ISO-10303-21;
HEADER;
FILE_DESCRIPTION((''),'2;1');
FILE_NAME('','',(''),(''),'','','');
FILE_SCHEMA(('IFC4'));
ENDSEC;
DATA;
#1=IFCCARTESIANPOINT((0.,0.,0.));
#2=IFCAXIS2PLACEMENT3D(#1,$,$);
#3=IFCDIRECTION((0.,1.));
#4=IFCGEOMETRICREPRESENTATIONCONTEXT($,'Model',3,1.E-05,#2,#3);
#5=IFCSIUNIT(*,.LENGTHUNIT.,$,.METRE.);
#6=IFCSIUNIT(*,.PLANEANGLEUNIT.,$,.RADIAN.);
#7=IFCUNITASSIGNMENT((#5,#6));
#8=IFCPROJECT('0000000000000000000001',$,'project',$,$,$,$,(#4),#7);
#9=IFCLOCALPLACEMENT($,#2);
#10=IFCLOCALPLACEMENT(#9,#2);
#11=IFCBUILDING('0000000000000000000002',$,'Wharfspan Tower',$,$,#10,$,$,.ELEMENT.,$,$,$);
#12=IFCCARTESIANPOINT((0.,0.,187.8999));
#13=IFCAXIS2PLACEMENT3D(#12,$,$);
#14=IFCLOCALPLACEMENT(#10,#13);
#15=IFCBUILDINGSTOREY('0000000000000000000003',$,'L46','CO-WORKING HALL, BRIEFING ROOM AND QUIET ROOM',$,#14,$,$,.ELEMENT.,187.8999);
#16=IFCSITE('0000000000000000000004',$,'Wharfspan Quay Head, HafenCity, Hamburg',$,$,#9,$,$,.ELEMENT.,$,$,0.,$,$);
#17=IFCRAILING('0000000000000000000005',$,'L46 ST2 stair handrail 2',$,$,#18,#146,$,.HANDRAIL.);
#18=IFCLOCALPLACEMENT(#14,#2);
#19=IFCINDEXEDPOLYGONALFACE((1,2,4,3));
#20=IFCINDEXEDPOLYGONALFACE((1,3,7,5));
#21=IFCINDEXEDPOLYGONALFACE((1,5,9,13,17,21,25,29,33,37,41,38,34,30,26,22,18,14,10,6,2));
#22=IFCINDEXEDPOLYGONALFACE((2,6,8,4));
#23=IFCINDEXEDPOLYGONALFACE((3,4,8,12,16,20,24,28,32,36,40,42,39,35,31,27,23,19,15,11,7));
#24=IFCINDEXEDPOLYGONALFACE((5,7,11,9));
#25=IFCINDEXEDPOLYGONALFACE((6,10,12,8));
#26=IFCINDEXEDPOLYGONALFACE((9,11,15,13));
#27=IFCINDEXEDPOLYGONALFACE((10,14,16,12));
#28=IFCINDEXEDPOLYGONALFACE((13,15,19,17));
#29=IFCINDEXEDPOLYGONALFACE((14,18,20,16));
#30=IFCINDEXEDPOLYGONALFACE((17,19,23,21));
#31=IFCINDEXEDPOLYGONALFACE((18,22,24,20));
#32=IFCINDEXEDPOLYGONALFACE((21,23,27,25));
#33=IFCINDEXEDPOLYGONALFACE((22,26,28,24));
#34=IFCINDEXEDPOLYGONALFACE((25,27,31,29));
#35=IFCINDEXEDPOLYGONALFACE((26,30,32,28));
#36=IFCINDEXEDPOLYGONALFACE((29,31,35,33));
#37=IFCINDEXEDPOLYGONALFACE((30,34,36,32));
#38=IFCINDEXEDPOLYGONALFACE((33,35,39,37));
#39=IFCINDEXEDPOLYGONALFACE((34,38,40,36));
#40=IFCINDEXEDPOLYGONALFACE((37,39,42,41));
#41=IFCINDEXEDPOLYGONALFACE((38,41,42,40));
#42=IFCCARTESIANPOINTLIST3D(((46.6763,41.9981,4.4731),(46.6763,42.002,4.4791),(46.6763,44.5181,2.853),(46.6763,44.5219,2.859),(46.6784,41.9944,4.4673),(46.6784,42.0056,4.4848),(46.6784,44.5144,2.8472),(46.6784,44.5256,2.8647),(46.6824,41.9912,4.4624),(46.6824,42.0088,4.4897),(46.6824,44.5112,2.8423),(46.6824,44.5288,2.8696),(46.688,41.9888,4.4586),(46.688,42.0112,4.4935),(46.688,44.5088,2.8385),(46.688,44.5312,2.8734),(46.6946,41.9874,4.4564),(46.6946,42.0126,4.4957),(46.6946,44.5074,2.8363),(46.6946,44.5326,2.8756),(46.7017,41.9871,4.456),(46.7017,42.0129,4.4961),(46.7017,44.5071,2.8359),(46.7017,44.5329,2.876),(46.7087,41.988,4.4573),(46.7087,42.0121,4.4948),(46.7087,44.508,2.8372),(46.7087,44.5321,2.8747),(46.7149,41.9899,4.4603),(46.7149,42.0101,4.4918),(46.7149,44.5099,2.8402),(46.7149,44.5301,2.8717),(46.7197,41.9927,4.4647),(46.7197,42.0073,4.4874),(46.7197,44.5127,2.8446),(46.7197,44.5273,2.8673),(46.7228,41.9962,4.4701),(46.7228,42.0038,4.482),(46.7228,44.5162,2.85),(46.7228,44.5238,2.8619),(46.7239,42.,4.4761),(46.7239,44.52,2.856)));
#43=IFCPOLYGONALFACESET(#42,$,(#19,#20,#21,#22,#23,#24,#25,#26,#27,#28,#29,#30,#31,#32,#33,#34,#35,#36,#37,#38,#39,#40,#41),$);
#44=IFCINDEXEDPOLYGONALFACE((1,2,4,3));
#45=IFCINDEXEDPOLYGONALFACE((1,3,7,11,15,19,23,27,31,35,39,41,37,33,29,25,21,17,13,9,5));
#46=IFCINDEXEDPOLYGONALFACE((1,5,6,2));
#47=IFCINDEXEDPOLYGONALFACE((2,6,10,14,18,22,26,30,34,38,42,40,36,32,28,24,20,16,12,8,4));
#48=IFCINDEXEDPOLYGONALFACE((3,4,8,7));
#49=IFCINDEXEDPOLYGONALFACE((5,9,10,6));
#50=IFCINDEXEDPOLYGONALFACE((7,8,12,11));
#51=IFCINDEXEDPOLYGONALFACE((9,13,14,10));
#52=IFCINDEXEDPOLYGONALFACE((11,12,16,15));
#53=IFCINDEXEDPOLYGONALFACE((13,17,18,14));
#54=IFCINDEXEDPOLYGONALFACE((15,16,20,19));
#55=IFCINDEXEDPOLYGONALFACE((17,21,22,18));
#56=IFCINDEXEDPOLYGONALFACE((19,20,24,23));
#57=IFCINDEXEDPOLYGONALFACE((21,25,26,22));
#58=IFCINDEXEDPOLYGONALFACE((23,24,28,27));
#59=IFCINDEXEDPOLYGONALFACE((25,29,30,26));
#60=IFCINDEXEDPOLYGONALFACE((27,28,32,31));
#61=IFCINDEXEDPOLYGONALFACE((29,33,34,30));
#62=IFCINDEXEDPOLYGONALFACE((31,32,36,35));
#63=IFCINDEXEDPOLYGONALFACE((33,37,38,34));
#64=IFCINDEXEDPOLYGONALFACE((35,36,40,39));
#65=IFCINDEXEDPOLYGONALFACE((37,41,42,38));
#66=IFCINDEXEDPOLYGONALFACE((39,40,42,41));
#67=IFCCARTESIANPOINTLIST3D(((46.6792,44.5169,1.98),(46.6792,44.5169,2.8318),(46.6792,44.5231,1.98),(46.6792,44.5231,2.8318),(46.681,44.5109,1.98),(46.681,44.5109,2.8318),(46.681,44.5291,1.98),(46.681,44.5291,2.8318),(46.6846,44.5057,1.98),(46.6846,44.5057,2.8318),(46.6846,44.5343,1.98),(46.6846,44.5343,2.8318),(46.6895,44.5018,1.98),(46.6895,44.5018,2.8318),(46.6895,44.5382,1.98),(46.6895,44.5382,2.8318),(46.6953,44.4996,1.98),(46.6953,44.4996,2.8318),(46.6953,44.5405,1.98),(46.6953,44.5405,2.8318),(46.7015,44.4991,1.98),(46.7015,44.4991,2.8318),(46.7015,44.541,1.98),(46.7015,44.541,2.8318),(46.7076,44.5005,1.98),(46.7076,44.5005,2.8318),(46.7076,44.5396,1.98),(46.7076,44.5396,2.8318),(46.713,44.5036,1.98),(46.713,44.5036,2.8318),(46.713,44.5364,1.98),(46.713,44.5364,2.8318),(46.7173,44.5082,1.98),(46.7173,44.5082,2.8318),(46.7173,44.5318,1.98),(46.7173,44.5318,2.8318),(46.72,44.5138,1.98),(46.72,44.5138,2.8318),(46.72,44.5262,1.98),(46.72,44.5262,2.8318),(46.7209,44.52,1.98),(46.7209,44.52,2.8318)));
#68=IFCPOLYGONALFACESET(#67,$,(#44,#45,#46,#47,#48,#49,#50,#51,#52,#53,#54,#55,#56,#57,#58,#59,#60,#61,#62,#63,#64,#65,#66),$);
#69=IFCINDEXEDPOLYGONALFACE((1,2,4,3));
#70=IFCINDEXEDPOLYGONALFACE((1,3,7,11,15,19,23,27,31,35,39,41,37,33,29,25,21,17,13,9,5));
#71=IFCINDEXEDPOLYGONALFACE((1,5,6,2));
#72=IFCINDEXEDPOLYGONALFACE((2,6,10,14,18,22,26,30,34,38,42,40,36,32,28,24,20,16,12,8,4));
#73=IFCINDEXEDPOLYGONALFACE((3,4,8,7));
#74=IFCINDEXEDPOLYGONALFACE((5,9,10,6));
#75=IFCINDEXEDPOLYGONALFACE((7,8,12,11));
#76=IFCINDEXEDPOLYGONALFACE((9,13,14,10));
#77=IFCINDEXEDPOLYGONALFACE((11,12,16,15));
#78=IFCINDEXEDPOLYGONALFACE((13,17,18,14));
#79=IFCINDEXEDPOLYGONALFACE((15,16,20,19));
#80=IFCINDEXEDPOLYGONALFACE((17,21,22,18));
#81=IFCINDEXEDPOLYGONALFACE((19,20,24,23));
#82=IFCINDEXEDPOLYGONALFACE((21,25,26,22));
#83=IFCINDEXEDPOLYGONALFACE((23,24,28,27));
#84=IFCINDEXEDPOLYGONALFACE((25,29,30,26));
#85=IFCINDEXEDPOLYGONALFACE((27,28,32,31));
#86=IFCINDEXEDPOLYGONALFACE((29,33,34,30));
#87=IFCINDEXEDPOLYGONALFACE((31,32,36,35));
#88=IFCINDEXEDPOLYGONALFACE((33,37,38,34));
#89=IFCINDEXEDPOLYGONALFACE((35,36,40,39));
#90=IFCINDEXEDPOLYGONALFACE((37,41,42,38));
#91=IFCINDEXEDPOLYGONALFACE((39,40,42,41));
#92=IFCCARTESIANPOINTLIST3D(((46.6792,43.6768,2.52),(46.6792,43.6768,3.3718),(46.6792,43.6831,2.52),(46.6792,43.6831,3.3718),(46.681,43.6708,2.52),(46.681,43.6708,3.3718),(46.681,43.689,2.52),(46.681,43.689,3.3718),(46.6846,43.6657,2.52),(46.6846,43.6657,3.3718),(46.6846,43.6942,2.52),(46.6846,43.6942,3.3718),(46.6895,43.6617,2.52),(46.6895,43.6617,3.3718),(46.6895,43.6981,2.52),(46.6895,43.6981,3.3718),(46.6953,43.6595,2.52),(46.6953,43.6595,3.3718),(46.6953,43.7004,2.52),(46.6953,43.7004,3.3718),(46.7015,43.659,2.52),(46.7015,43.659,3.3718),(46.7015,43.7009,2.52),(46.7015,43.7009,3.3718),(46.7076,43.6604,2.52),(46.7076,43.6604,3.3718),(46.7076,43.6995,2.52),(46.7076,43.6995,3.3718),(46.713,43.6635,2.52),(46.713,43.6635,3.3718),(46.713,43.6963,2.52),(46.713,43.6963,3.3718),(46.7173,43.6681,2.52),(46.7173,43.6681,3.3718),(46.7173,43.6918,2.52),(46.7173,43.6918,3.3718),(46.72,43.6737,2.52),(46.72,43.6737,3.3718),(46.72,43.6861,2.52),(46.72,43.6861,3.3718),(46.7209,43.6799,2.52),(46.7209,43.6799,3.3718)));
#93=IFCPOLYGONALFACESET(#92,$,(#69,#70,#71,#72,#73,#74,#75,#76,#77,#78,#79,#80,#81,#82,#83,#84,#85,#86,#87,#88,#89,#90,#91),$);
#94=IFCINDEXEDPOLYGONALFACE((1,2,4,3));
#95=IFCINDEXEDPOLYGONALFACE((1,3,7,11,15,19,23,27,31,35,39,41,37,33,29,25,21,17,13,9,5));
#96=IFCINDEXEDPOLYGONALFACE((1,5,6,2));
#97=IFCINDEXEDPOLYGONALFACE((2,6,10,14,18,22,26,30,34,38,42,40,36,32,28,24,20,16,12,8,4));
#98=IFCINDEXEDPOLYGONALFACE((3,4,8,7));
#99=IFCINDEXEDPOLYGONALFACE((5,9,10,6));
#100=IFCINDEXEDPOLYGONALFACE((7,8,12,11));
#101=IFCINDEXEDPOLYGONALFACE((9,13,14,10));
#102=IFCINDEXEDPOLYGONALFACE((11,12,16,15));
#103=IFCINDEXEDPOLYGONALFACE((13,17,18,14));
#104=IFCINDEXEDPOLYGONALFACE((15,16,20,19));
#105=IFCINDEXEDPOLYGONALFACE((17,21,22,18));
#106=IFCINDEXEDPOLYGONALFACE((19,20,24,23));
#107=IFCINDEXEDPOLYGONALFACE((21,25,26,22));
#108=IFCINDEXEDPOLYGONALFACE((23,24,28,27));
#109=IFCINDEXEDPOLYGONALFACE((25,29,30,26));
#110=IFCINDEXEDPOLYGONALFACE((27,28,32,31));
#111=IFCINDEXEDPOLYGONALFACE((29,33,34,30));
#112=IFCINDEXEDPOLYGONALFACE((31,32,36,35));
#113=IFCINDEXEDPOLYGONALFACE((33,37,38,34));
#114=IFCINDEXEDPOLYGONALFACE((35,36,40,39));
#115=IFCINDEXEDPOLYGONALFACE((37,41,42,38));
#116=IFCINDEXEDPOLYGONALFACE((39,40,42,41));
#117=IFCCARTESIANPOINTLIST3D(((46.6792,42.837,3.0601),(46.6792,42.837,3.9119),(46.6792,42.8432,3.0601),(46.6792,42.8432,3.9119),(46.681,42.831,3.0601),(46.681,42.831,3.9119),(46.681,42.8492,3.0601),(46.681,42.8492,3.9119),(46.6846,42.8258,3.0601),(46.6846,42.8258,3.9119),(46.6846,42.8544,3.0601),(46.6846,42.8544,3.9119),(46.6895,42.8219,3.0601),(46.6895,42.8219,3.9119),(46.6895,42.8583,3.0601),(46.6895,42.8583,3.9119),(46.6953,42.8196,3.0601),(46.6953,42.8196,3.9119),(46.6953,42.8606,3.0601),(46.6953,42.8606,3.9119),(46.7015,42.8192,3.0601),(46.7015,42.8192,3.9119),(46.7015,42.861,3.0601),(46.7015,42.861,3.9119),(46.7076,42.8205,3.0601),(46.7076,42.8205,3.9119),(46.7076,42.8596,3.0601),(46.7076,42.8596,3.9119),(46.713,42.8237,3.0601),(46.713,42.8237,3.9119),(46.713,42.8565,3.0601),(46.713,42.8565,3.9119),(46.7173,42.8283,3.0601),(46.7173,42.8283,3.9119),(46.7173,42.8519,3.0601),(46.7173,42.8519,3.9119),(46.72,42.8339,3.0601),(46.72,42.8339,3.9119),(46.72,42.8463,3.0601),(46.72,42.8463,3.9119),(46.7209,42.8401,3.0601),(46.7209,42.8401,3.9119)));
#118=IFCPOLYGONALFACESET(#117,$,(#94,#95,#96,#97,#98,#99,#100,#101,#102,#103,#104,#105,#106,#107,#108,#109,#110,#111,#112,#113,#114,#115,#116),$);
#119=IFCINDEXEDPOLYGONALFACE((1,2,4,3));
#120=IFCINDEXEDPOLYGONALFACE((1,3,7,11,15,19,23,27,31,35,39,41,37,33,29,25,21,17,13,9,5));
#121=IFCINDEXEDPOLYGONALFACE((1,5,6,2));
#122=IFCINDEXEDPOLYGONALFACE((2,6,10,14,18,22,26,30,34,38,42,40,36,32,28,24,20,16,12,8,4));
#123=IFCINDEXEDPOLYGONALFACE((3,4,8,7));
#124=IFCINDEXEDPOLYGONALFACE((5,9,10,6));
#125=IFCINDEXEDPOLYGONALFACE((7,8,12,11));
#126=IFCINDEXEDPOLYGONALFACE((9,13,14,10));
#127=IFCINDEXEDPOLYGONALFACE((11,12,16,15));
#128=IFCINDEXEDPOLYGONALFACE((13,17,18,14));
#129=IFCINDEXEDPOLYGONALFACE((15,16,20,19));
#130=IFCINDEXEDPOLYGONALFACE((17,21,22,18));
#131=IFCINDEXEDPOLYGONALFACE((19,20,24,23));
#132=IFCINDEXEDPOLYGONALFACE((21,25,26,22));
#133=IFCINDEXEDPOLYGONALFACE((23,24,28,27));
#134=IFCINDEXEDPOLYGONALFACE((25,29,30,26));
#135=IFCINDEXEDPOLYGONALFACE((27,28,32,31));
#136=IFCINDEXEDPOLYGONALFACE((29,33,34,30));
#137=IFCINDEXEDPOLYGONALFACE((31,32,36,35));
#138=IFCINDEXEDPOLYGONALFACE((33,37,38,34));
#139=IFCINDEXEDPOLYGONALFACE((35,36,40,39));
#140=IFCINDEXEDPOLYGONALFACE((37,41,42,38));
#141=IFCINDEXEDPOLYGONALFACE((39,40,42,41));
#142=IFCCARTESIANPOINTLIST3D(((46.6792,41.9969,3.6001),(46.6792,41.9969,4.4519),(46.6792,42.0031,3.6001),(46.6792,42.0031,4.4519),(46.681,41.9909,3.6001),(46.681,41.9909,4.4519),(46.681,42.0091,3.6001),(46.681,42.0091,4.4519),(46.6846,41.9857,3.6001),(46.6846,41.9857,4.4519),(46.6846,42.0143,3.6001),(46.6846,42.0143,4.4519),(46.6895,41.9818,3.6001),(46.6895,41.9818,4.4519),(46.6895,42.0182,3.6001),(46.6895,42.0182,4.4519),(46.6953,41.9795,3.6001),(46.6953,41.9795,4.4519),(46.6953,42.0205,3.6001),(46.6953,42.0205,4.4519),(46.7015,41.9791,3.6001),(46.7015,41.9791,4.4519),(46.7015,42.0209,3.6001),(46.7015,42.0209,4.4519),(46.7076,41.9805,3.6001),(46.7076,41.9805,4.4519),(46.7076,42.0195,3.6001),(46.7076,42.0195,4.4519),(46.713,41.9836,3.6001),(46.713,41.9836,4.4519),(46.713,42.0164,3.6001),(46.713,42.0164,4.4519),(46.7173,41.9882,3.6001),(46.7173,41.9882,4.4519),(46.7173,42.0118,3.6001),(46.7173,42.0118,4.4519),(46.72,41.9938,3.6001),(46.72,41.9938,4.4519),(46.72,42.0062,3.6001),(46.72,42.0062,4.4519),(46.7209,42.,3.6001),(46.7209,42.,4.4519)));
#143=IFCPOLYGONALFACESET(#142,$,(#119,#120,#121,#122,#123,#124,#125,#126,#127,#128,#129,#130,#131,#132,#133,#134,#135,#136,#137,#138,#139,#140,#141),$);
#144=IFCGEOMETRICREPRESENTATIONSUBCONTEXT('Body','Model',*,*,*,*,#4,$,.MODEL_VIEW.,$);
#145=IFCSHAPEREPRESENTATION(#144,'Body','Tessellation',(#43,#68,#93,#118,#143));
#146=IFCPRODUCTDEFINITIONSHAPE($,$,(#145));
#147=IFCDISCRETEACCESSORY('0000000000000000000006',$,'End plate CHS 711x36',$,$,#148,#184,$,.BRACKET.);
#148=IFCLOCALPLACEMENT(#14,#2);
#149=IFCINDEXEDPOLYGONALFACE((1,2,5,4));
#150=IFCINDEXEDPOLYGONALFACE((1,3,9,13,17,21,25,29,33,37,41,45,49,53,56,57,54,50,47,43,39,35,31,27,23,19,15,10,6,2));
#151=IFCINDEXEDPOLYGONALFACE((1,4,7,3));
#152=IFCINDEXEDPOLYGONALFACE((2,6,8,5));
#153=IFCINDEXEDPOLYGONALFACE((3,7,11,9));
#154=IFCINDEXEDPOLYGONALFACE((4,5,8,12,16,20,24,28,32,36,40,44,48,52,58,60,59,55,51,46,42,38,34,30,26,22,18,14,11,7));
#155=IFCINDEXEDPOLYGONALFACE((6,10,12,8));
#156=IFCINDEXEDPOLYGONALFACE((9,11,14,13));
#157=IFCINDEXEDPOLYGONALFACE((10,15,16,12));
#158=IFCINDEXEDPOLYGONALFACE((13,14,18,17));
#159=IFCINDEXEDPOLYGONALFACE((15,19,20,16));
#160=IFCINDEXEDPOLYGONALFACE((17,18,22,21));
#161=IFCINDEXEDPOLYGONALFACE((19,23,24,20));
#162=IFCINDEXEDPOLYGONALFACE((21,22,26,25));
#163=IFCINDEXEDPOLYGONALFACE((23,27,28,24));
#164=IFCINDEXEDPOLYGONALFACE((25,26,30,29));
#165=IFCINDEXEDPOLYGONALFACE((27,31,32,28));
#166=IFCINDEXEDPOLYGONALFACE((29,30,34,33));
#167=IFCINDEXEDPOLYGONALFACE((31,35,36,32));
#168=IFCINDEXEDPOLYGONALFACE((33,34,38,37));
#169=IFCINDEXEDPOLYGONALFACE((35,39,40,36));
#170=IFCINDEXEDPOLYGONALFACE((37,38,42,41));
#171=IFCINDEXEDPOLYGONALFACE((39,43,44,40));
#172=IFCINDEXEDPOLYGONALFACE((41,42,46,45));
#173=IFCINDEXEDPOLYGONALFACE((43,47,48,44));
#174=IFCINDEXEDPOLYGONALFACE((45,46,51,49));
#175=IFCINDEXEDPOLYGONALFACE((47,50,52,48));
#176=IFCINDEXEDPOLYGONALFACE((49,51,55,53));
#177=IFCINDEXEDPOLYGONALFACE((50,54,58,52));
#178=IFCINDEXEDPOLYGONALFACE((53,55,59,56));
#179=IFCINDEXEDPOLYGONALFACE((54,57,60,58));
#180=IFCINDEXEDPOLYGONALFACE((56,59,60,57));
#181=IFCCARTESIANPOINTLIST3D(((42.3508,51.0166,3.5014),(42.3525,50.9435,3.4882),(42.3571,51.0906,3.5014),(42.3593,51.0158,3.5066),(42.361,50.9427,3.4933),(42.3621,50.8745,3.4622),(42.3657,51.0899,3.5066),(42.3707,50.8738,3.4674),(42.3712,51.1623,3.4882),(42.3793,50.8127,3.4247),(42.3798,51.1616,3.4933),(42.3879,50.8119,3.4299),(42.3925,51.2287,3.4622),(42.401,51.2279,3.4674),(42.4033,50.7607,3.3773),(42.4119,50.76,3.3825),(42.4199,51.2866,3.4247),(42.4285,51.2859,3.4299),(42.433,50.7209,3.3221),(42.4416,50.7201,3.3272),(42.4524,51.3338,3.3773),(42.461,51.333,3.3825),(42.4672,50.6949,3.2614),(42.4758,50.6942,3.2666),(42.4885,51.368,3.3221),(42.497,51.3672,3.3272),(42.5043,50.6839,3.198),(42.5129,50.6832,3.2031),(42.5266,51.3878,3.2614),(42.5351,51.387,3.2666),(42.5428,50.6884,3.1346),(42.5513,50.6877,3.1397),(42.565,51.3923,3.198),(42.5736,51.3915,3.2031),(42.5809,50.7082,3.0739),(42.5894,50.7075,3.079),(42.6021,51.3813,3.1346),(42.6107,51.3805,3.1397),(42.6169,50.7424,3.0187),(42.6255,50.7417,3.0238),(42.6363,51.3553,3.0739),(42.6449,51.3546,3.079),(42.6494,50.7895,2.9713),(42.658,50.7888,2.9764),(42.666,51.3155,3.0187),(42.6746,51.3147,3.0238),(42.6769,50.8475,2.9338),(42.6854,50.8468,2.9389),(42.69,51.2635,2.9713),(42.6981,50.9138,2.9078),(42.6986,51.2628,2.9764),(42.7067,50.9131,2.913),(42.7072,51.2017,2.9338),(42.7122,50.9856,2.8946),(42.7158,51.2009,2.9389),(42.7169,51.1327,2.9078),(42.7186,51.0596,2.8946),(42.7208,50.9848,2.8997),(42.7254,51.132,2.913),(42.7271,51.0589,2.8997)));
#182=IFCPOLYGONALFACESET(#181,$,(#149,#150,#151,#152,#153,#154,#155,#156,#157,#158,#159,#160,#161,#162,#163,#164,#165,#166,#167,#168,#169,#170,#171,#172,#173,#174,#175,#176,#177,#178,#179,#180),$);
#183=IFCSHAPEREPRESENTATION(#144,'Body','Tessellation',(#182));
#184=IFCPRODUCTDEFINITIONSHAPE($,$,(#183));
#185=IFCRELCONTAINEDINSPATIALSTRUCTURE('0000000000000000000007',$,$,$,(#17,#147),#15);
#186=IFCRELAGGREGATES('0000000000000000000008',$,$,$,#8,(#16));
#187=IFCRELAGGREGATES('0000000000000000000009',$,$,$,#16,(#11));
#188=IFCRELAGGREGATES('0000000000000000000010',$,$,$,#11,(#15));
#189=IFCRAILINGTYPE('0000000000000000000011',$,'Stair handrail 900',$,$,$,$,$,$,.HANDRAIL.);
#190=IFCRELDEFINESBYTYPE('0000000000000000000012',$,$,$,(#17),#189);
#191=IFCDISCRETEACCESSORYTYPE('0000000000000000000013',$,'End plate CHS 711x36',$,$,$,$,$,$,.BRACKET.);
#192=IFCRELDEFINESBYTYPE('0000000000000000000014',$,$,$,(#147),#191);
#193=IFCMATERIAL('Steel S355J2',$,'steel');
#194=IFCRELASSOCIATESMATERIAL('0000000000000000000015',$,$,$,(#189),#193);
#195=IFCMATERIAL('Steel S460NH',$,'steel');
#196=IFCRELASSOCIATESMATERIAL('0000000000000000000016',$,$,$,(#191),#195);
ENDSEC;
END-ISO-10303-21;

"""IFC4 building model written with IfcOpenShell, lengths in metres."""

from ifc_helpers import new_model, si_unit, direction, frame, origin, origin_2d, place, context, subcontext, project, spatial, circle, extrude, material, material_profile, profile_set, type_object, element, save


model = new_model("IFC4")

# Units and contexts
model_context = context("Model", 3, precision=1e-05, world=origin(), true_north=direction((0.0, 1.0)))
body_context = subcontext(model_context, "Body", "Model", "MODEL_VIEW")
ifc_project = project(units=[si_unit("LENGTHUNIT", "METRE"), si_unit("PLANEANGLEUNIT", "RADIAN")], contexts=[model_context])

# Site, building, storey
site_placement = place(None, origin())
site = spatial("IfcSite", under=ifc_project, at=site_placement, Name="Wharfspan Quay Head, HafenCity, Hamburg", CompositionType="ELEMENT", RefElevation=0.0)
building_placement = place(site_placement, origin())
building = spatial("IfcBuilding", under=site, at=building_placement, Name="Wharfspan Tower", CompositionType="ELEMENT")
storey_placement = place(building_placement, frame((0.0, 0.0, 187.8999)))
storey = spatial("IfcBuildingStorey", under=building, at=storey_placement, Name="L46", Description="CO-WORKING HALL, BRIEFING ROOM AND QUIET ROOM", CompositionType="ELEMENT", Elevation=187.8999)

# Shared definitions
ifc_material_1 = material(Name="Steel S355J2", Category="steel")

# Shared definitions
ifc_material_2 = material(Name="Steel S460NH", Category="steel")

# Railing
railing_type_1 = type_object("IfcRailingType", Name="Stair handrail 900", PredefinedType="HANDRAIL", material=ifc_material_1)
railing_1_placement = place(storey_placement, frame((46.7, 44.52, 1.98)))
element("IfcRailing", 1, at=railing_1_placement, inside=storey, type_object=railing_type_1, Name="L46 ST2 stair handrail 2", PredefinedType="HANDRAIL", context=body_context, shape_type="SweptSolid", body=[
    extrude(circle(Radius=0.0239, at=origin_2d()), frame((0.0, 0.0, 0.876), z_axis=(0.0, -0.841163, 0.540782), x_axis=(1.0, 0.0, 0.0)), (0.0, 0.0, 1.0), 2.9958),
    extrude(circle(Radius=0.021, at=origin_2d()), origin(), (0.0, 0.0, 1.0), 0.8518),
    extrude(circle(Radius=0.021, at=origin_2d()), frame((0.0, -0.8401, 0.54)), (0.0, 0.0, 1.0), 0.8518),
    extrude(circle(Radius=0.021, at=origin_2d()), frame((0.0, -1.6799, 1.0801)), (0.0, 0.0, 1.0), 0.8518),
    extrude(circle(Radius=0.021, at=origin_2d()), frame((0.0, -2.52, 1.6201)), (0.0, 0.0, 1.0), 0.8518),
])

# Discrete accessory
ifc_material_profile_1 = material_profile(ifc_material_2, circle(Radius=0.3555, at=origin_2d()))
ifc_profile_set_1 = profile_set([ifc_material_profile_1], Name="Steel S460NH")
discrete_accessory_type = type_object("IfcDiscreteAccessoryType", Name="End plate CHS 711x36", PredefinedType="BRACKET", material=ifc_profile_set_1)
for number, where, z_axis, x_axis, name in (
    (2, (42.5347, 51.0381, 3.198), (0.855186, -0.073302, 0.513112), (0.085402, 0.996345, -0.000001), "End plate CHS 711x36"),
):
    element("IfcDiscreteAccessory", number, at=place(storey_placement, frame(where, z_axis=z_axis, x_axis=x_axis)), inside=storey, type_object=discrete_accessory_type, Name=name, PredefinedType="BRACKET", context=body_context, shape_type="SweptSolid", body=[
        extrude(circle(Radius=0.3555, at=origin_2d()), origin(), (0.0, 0.0, 1.0), 0.01),
    ])

save(model, "model.ifc")
